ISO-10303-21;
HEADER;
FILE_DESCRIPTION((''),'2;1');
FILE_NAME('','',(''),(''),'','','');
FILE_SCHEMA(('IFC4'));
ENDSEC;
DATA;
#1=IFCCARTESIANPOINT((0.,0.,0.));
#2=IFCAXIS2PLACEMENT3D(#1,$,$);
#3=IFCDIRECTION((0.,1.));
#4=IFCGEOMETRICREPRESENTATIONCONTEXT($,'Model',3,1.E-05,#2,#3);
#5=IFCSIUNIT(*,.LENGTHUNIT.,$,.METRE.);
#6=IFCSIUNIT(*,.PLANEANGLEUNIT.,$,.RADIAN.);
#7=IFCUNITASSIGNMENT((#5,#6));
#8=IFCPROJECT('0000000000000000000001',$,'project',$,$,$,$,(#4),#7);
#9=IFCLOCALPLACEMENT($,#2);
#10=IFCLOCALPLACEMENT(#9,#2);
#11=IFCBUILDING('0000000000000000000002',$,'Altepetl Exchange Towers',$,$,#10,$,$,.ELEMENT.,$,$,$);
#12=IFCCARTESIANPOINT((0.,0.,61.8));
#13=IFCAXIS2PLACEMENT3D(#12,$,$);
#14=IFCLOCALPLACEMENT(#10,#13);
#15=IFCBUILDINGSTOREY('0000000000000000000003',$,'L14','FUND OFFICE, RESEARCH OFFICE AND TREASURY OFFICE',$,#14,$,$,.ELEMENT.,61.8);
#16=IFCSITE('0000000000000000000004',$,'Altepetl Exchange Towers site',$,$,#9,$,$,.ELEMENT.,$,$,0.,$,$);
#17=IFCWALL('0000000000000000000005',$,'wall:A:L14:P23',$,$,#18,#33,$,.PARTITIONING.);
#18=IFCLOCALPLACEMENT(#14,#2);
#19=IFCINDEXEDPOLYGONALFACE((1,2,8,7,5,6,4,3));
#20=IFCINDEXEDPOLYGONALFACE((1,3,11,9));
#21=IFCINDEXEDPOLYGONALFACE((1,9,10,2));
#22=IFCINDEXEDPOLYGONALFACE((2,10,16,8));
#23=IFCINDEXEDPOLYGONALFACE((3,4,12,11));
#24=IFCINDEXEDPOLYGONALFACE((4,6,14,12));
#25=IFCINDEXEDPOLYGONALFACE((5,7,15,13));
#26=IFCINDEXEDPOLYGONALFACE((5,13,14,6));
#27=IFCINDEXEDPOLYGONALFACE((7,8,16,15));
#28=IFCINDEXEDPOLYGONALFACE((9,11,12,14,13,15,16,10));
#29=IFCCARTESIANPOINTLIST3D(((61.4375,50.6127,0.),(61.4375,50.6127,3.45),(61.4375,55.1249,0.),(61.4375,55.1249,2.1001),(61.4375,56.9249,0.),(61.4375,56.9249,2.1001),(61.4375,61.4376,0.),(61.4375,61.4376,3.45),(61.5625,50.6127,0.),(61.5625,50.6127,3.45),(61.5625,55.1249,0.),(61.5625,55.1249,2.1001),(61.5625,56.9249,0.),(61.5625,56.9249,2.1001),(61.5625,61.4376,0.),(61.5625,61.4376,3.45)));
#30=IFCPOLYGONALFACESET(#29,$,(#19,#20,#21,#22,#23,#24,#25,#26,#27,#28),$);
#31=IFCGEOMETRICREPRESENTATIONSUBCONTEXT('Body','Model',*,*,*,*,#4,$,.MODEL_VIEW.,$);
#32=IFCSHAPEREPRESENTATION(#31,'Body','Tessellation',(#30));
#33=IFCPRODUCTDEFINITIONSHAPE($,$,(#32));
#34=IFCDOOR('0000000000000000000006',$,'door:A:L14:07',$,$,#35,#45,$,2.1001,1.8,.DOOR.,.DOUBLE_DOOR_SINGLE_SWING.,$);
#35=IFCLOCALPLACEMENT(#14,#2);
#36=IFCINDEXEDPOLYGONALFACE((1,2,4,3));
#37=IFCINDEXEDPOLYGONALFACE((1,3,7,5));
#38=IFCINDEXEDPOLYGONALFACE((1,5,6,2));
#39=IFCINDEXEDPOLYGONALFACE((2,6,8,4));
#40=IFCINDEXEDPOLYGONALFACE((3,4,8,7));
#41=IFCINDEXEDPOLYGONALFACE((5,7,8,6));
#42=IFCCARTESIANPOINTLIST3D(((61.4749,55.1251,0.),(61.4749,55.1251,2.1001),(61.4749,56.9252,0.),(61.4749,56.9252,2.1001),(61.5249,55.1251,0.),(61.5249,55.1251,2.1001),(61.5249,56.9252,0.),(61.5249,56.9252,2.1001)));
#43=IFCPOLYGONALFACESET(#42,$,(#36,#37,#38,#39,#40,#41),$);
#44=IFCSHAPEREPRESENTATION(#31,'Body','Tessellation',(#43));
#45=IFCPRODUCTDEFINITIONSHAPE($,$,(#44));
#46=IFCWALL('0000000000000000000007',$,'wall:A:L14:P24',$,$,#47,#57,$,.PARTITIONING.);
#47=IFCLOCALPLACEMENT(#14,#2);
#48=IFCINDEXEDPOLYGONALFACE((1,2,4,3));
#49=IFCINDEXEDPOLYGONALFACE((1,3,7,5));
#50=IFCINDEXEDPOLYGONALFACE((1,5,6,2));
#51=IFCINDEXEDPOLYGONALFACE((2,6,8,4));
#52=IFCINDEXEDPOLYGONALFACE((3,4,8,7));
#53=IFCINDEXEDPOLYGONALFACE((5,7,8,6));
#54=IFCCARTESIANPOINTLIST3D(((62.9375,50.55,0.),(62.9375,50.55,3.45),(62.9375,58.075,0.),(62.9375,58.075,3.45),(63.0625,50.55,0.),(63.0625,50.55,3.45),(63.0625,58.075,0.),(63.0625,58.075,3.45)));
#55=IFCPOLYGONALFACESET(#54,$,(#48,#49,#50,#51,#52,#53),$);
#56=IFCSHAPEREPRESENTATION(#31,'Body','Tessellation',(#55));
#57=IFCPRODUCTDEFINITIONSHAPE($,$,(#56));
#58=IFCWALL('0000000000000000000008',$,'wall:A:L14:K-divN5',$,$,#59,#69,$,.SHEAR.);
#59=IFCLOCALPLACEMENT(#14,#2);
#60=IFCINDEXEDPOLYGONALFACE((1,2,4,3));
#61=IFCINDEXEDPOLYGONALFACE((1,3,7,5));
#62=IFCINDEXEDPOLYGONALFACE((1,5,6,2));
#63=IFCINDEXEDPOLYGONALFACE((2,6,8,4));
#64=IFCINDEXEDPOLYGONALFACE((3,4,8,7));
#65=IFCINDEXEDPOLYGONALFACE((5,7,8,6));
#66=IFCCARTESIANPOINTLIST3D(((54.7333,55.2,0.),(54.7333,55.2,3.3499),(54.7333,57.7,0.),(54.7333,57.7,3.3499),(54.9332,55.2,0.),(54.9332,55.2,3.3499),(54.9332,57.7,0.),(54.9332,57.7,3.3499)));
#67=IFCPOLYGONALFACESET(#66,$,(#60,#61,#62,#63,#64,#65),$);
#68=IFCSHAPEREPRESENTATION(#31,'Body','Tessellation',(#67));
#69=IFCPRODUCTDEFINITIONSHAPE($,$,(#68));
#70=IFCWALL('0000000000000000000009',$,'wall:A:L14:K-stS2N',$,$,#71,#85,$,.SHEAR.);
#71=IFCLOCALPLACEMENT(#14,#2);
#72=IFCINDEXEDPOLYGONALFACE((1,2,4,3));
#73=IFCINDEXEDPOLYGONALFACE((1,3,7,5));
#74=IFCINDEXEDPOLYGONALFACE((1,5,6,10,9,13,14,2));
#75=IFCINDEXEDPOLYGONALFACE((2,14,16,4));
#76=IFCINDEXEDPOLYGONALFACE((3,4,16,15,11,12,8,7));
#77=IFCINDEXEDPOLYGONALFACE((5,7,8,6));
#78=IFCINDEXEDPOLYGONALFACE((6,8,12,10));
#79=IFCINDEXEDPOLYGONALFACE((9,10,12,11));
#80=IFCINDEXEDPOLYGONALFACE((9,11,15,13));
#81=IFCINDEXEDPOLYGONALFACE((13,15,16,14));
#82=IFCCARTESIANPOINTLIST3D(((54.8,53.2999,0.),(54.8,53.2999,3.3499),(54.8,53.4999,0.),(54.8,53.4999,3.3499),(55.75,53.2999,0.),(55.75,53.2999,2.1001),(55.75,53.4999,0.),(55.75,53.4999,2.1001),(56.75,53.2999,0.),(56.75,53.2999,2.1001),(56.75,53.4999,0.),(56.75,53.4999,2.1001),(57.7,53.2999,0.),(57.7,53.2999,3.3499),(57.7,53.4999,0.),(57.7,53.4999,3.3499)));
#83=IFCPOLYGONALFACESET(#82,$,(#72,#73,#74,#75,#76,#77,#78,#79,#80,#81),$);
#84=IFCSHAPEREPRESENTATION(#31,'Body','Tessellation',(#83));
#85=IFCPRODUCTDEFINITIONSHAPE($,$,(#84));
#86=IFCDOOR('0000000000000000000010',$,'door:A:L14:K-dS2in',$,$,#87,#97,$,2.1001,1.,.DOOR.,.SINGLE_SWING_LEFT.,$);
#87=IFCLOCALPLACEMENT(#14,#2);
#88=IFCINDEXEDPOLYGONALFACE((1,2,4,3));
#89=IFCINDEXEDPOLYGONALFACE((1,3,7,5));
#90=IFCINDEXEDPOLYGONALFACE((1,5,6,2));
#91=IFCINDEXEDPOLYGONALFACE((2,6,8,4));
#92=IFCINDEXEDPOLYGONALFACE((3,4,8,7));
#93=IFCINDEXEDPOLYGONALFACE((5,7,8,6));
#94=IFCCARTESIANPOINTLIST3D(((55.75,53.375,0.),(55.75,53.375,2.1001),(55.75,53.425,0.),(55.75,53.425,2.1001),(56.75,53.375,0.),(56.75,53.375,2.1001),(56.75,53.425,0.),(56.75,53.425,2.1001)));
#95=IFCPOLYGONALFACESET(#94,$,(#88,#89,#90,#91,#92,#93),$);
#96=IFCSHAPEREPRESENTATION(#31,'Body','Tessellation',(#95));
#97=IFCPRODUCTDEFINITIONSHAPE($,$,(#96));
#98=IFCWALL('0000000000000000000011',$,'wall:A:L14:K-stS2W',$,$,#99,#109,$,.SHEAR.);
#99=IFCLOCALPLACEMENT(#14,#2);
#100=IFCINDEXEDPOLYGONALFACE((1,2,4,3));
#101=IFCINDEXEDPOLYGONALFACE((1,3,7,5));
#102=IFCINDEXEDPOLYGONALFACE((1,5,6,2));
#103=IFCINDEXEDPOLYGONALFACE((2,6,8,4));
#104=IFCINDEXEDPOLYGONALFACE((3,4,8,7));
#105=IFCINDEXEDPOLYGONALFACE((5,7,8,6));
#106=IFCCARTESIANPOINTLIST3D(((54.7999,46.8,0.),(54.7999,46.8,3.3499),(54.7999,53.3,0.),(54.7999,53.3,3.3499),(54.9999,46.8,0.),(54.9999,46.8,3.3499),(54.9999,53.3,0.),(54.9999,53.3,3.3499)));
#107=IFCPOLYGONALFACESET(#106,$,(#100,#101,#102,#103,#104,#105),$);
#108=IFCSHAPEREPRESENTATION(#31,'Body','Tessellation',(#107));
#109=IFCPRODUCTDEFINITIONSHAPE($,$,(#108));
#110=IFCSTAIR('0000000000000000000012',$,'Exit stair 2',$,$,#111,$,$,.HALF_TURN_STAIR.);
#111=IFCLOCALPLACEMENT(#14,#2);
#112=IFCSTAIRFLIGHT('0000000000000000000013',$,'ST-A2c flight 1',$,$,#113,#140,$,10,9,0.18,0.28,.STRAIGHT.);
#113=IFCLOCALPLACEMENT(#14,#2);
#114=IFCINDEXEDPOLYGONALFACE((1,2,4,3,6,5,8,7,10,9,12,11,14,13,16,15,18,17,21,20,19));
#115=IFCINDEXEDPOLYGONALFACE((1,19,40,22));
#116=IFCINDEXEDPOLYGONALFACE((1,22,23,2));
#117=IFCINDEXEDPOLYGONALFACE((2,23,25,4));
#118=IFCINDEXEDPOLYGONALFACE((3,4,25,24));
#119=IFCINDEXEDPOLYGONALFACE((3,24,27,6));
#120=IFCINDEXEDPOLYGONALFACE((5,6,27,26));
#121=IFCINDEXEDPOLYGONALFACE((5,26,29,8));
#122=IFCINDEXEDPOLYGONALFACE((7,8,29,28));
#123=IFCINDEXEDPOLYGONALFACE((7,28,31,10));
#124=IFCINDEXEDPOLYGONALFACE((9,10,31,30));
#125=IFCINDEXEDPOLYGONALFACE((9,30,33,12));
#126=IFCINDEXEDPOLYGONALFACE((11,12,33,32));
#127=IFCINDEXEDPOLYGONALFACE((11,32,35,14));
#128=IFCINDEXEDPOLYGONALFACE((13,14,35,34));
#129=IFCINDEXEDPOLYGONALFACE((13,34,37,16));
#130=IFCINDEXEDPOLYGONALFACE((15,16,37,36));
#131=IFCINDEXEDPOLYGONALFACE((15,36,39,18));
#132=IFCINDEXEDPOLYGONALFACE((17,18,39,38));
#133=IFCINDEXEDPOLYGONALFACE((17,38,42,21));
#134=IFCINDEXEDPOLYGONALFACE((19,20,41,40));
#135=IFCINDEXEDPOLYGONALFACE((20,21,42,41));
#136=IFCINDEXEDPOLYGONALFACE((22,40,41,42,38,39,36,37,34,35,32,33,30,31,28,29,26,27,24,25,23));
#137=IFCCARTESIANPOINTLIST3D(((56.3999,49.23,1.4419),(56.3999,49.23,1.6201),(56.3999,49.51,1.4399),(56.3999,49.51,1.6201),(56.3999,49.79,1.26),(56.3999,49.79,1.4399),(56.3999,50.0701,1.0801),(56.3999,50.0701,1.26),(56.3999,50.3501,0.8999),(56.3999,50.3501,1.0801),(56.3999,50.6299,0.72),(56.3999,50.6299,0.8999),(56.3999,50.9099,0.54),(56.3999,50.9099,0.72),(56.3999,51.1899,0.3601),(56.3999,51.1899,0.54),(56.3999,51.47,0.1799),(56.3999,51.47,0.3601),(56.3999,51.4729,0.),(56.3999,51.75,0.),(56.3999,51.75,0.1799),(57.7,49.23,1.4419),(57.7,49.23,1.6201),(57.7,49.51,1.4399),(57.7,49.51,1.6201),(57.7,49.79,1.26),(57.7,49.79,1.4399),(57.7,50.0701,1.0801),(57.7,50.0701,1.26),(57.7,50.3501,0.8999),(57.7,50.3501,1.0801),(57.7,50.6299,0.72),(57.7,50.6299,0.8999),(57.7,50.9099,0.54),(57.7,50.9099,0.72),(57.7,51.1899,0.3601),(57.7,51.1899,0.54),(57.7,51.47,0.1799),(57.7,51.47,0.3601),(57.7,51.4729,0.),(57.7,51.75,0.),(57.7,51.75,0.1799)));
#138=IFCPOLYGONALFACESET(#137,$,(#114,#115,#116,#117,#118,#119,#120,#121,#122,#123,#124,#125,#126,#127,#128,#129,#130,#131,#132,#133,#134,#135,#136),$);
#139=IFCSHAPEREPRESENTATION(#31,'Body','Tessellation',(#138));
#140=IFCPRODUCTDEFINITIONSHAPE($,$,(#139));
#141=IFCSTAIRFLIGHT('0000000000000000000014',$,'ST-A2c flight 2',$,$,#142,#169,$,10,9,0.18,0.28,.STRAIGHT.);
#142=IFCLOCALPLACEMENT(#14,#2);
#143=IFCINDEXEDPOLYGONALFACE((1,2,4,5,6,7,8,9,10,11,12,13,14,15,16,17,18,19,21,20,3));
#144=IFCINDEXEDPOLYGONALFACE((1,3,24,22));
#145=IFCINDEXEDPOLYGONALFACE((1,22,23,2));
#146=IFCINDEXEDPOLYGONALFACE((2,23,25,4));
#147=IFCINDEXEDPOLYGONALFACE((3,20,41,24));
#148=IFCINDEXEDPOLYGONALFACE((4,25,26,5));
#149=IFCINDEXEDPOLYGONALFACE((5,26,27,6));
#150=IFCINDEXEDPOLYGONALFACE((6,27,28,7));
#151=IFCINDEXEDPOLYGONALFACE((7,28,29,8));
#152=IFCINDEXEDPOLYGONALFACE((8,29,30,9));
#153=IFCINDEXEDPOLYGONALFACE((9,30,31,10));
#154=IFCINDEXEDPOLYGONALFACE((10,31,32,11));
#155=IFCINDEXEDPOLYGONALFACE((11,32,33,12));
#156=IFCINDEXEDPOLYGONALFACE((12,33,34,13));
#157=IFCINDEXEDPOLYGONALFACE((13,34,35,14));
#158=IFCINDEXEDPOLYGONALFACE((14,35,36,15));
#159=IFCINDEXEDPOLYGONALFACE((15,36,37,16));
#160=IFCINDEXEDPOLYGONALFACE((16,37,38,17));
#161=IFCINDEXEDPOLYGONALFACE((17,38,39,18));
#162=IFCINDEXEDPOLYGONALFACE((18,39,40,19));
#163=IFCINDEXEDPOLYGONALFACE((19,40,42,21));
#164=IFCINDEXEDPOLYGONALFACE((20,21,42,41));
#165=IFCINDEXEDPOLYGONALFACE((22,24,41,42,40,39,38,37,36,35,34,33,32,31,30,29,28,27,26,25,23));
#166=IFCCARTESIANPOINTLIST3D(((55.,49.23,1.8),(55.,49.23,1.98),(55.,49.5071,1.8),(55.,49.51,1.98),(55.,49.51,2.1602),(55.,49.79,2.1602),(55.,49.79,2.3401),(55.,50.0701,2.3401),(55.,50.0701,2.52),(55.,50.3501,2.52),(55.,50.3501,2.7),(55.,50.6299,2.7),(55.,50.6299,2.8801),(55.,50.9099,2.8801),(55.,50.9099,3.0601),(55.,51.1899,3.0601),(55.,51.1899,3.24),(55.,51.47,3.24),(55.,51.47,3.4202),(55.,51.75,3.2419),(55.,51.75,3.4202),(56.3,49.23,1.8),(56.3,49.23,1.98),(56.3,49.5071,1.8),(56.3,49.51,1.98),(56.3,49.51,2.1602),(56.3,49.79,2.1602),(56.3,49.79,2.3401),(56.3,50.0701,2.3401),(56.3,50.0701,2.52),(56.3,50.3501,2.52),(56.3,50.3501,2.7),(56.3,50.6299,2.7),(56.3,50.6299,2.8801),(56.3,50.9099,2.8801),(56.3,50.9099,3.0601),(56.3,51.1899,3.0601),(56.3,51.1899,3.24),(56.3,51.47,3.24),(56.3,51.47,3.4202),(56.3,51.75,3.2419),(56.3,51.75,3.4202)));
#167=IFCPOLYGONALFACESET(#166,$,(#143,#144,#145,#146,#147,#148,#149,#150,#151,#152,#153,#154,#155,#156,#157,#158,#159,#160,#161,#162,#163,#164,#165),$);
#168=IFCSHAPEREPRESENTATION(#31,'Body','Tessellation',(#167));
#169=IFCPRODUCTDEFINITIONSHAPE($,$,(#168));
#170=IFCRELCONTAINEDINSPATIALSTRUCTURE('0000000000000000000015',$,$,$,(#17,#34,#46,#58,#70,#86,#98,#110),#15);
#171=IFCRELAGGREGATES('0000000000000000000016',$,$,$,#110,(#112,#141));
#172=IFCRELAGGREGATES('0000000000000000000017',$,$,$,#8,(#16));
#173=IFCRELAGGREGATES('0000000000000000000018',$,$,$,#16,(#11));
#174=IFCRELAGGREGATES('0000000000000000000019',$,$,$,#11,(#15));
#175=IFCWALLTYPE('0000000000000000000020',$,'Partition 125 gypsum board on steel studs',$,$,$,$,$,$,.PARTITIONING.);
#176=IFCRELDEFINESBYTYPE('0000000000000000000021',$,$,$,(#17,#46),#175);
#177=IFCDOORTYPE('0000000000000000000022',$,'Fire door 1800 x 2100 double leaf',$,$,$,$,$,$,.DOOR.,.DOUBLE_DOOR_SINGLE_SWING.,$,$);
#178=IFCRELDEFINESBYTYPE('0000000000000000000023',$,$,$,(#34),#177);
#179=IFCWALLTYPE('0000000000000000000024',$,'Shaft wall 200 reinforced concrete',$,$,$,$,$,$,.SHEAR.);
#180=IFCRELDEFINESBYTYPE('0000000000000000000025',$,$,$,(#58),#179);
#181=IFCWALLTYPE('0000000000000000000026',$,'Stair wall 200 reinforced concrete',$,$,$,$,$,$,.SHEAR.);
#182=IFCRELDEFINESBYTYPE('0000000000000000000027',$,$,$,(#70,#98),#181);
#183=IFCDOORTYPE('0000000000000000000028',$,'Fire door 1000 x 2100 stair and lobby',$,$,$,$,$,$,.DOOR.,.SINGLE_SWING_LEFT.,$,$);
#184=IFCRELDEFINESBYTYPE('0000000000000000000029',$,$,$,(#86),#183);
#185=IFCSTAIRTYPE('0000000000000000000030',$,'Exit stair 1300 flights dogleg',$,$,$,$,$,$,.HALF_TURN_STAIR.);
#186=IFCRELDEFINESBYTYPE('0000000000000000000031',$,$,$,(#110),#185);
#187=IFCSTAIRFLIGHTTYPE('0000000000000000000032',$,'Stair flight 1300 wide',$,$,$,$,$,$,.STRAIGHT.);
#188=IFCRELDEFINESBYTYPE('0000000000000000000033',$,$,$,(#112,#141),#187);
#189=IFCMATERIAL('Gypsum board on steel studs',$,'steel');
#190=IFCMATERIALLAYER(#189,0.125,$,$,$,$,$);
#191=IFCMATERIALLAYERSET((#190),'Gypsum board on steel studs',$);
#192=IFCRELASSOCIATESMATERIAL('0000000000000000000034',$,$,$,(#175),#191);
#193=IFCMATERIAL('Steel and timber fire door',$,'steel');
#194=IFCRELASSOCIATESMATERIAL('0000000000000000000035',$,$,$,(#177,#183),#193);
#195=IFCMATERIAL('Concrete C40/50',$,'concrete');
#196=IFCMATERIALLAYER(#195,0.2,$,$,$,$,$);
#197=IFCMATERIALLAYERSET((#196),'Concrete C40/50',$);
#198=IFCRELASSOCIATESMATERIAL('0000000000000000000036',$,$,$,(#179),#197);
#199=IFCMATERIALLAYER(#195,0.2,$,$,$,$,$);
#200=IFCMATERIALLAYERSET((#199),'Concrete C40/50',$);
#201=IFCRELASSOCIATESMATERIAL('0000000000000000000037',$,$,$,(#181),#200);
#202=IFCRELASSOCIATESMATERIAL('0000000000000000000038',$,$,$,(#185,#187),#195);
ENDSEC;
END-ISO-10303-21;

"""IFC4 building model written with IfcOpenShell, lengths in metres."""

from ifc_helpers import new_model, si_unit, direction, frame, frame_2d, origin, place, context, subcontext, project, spatial, polyline, rectangle, outline, extrude, material, layer, layer_set, type_object, element, fill, aggregate, save


model = new_model("IFC4")

# Units and contexts
model_context = context("Model", 3, precision=1e-05, world=origin(), true_north=direction((0.0, 1.0)))
body_context = subcontext(model_context, "Body", "Model", "MODEL_VIEW")
ifc_project = project(units=[si_unit("LENGTHUNIT", "METRE"), si_unit("PLANEANGLEUNIT", "RADIAN")], contexts=[model_context])

# Site, building, storey
site_placement = place(None, origin())
site = spatial("IfcSite", under=ifc_project, at=site_placement, Name="Altepetl Exchange Towers site", CompositionType="ELEMENT", RefElevation=0.0)
building_placement = place(site_placement, origin())
building = spatial("IfcBuilding", under=site, at=building_placement, Name="Altepetl Exchange Towers", CompositionType="ELEMENT")
storey_placement = place(building_placement, frame((0.0, 0.0, 61.8)))
storey = spatial("IfcBuildingStorey", under=building, at=storey_placement, Name="L14", Description="FUND OFFICE, RESEARCH OFFICE AND TREASURY OFFICE", CompositionType="ELEMENT", Elevation=61.8)

# Wall, opening, door
ifc_material_1 = material(Name="Gypsum board on steel studs", Category="steel")
ifc_layer_1 = layer(ifc_material_1, 0.125)
ifc_layer_set_1 = layer_set([ifc_layer_1], Name="Gypsum board on steel studs")
wall_type_1 = type_object("IfcWallType", Name="Partition 125 gypsum board on steel studs", PredefinedType="PARTITIONING", material=ifc_layer_set_1)
ifc_material_2 = material(Name="Steel and timber fire door", Category="steel")
door_type_1 = type_object("IfcDoorType", Name="Fire door 1800 x 2100 double leaf", OperationType="DOUBLE_DOOR_SINGLE_SWING", PredefinedType="DOOR", material=ifc_material_2)
wall_1_placement = place(storey_placement, frame((61.5, 50.6125, 0.0), z_axis=(0.0, 0.0, 1.0), x_axis=(0.0, 1.0, 0.0)))
wall_1 = element("IfcWall", 1, at=wall_1_placement, inside=storey, type_object=wall_type_1, Name="wall:A:L14:P23", PredefinedType="PARTITIONING", context=body_context, shape_type="SweptSolid", body=[
    extrude(rectangle(XDim=10.825, YDim=0.125, at=frame_2d((5.4126, 0.0))), origin(), (0.0, 0.0, 1.0), 3.45),
])
opening_1_placement = place(wall_1_placement, frame((4.5125, 0.0, 0.0)))
opening_1 = element("IfcOpeningElement", 2, at=opening_1_placement, cuts=wall_1, PredefinedType="OPENING", context=body_context, shape_type="SweptSolid", body=[
    extrude(rectangle(XDim=1.8, YDim=2.1001, at=frame_2d((0.8999, 1.05))), frame((0.0, 0.0725, 0.0), z_axis=(0.0, -1.0, 0.0), x_axis=(1.0, 0.0, 0.0)), (0.0, 0.0, 1.0), 0.145),
])
door_1_placement = place(opening_1_placement, frame((1.8, 0.0, 0.0), x_axis=(-1.0, 0.0, 0.0)))
door_1 = element("IfcDoor", 3, at=door_1_placement, inside=storey, type_object=door_type_1, Name="door:A:L14:07", OperationType="DOUBLE_DOOR_SINGLE_SWING", OverallHeight=2.1001, OverallWidth=1.8, PredefinedType="DOOR", context=body_context, shape_type="SweptSolid", body=[
    extrude(rectangle(XDim=1.8, YDim=2.1001, at=frame_2d((0.8999, 1.05))), frame((0.0, 0.0249, 0.0), z_axis=(0.0, -1.0, 0.0), x_axis=(1.0, 0.0, 0.0)), (0.0, 0.0, 1.0), 0.05),
])
fill(opening_1, door_1)

# Walls
wall_2_placement = place(storey_placement, frame((63.0, 50.55, 0.0), z_axis=(0.0, 0.0, 1.0), x_axis=(0.0, 1.0, 0.0)))
element("IfcWall", 4, at=wall_2_placement, inside=storey, type_object=wall_type_1, Name="wall:A:L14:P24", PredefinedType="PARTITIONING", context=body_context, shape_type="SweptSolid", body=[
    extrude(rectangle(XDim=7.5249, YDim=0.125, at=frame_2d((3.7625, 0.0))), origin(), (0.0, 0.0, 1.0), 3.45),
])
ifc_material_3 = material(Name="Concrete C40/50", Category="concrete")
ifc_layer_2 = layer(ifc_material_3, 0.2)
ifc_layer_set_2 = layer_set([ifc_layer_2], Name="Concrete C40/50")
wall_type_2 = type_object("IfcWallType", Name="Shaft wall 200 reinforced concrete", PredefinedType="SHEAR", material=ifc_layer_set_2)
wall_3_placement = place(storey_placement, frame((54.8333, 57.7, 0.0), z_axis=(0.0, 0.0, 1.0), x_axis=(0.0, -1.0, 0.0)))
element("IfcWall", 5, at=wall_3_placement, inside=storey, type_object=wall_type_2, Name="wall:A:L14:K-divN5", PredefinedType="SHEAR", context=body_context, shape_type="SweptSolid", body=[
    extrude(rectangle(XDim=2.5, YDim=0.2, at=frame_2d((1.25, 0.0))), origin(), (0.0, 0.0, 1.0), 3.3499),
])

# Wall, opening, door
ifc_layer_3 = layer(ifc_material_3, 0.2)
ifc_layer_set_3 = layer_set([ifc_layer_3], Name="Concrete C40/50")
wall_type_3 = type_object("IfcWallType", Name="Stair wall 200 reinforced concrete", PredefinedType="SHEAR", material=ifc_layer_set_3)
wall_4_placement = place(storey_placement, frame((54.8, 53.3999, 0.0)))
wall_4 = element("IfcWall", 6, at=wall_4_placement, inside=storey, type_object=wall_type_3, Name="wall:A:L14:K-stS2N", PredefinedType="SHEAR", context=body_context, shape_type="SweptSolid", body=[
    extrude(rectangle(XDim=2.8999, YDim=0.2, at=frame_2d((1.45, 0.0))), origin(), (0.0, 0.0, 1.0), 3.3499),
])
opening_2_placement = place(wall_4_placement, frame((0.95, 0.0, 0.0)))
opening_2 = element("IfcOpeningElement", 7, at=opening_2_placement, cuts=wall_4, PredefinedType="OPENING", context=body_context, shape_type="SweptSolid", body=[
    extrude(rectangle(XDim=1.0, YDim=2.1001, at=frame_2d((0.5, 1.05))), frame((0.0, 0.1099, 0.0), z_axis=(0.0, -1.0, 0.0), x_axis=(1.0, 0.0, 0.0)), (0.0, 0.0, 1.0), 0.22),
])
door_type_2 = type_object("IfcDoorType", Name="Fire door 1000 x 2100 stair and lobby", OperationType="SINGLE_SWING_LEFT", PredefinedType="DOOR", material=ifc_material_2)
door_2_placement = place(opening_2_placement, frame((1.0, 0.0, 0.0), x_axis=(-1.0, 0.0, 0.0)))
door_2 = element("IfcDoor", 8, at=door_2_placement, inside=storey, type_object=door_type_2, Name="door:A:L14:K-dS2in", OperationType="SINGLE_SWING_LEFT", OverallHeight=2.1001, OverallWidth=1.0, PredefinedType="DOOR", context=body_context, shape_type="SweptSolid", body=[
    extrude(rectangle(XDim=1.0, YDim=2.1001, at=frame_2d((0.5, 1.05))), frame((0.0, 0.0249, 0.0), z_axis=(0.0, -1.0, 0.0), x_axis=(1.0, 0.0, 0.0)), (0.0, 0.0, 1.0), 0.05),
])
fill(opening_2, door_2)

# Wall
wall_5_placement = place(storey_placement, frame((54.8999, 46.8, 0.0), z_axis=(0.0, 0.0, 1.0), x_axis=(0.0, 1.0, 0.0)))
element("IfcWall", 9, at=wall_5_placement, inside=storey, type_object=wall_type_3, Name="wall:A:L14:K-stS2W", PredefinedType="SHEAR", context=body_context, shape_type="SweptSolid", body=[
    extrude(rectangle(XDim=6.5, YDim=0.2, at=frame_2d((3.25, 0.0))), origin(), (0.0, 0.0, 1.0), 3.3499),
])

# Stair, stair flights
stair_type = type_object("IfcStairType", Name="Exit stair 1300 flights dogleg", PredefinedType="HALF_TURN_STAIR", material=ifc_material_3)
stair_placement = place(storey_placement, origin())
stair = element("IfcStair", 10, at=stair_placement, inside=storey, type_object=stair_type, Name="Exit stair 2", PredefinedType="HALF_TURN_STAIR")
stair_flight_type = type_object("IfcStairFlightType", Name="Stair flight 1300 wide", PredefinedType="STRAIGHT", material=ifc_material_3)
stair_flight_1_placement = place(storey_placement, frame((57.05, 51.75, 0.0), z_axis=(0.0, 0.0, 1.0), x_axis=(0.0, -1.0, 0.0)))
stair_flight_1 = element("IfcStairFlight", 11, at=stair_flight_1_placement, type_object=stair_flight_type, Name="ST-A2c flight 1", NumberOfRisers=10, NumberOfTreads=9, PredefinedType="STRAIGHT", RiserHeight=0.18, TreadLength=0.28, context=body_context, shape_type="SweptSolid", body=[
    extrude(outline(polyline([(0.0, 0.0), (0.0, 0.1799), (0.28, 0.1799), (0.28, 0.3601), (0.5601, 0.3601), (0.5601, 0.54), (0.8401, 0.54), (0.8401, 0.72), (1.1201, 0.72), (1.1201, 0.8999), (1.3999, 0.8999), (1.3999, 1.0801), (1.6799, 1.0801), (1.6799, 1.26), (1.96, 1.26), (1.96, 1.4399), (2.24, 1.4399), (2.24, 1.6201), (2.52, 1.6201), (2.52, 1.8), (2.52, 1.4419), (0.2771, 0.0), (0.0, 0.0)])), frame((0.0, 0.6499, 0.0), z_axis=(0.0, -1.0, 0.0), x_axis=(1.0, 0.0, 0.0)), (0.0, 0.0, 1.0), 1.3),
])
stair_flight_2_placement = place(storey_placement, frame((55.6499, 49.23, 1.8), z_axis=(0.0, 0.0, 1.0), x_axis=(0.0, 1.0, 0.0)))
stair_flight_2 = element("IfcStairFlight", 12, at=stair_flight_2_placement, type_object=stair_flight_type, Name="ST-A2c flight 2", NumberOfRisers=10, NumberOfTreads=9, PredefinedType="STRAIGHT", RiserHeight=0.18, TreadLength=0.28, context=body_context, shape_type="SweptSolid", body=[
    extrude(outline(polyline([(0.0, 0.0), (0.0, 0.1799), (0.28, 0.1799), (0.28, 0.3601), (0.5601, 0.3601), (0.5601, 0.54), (0.8401, 0.54), (0.8401, 0.72), (1.1201, 0.72), (1.1201, 0.8999), (1.3999, 0.8999), (1.3999, 1.0801), (1.6799, 1.0801), (1.6799, 1.26), (1.96, 1.26), (1.96, 1.4399), (2.24, 1.4399), (2.24, 1.6201), (2.52, 1.6201), (2.52, 1.8), (2.52, 1.4419), (0.2771, 0.0), (0.0, 0.0)])), frame((0.0, 0.6499, 0.0), z_axis=(0.0, -1.0, 0.0), x_axis=(1.0, 0.0, 0.0)), (0.0, 0.0, 1.0), 1.3),
])
aggregate(stair, [stair_flight_1, stair_flight_2])

save(model, "model.ifc")
